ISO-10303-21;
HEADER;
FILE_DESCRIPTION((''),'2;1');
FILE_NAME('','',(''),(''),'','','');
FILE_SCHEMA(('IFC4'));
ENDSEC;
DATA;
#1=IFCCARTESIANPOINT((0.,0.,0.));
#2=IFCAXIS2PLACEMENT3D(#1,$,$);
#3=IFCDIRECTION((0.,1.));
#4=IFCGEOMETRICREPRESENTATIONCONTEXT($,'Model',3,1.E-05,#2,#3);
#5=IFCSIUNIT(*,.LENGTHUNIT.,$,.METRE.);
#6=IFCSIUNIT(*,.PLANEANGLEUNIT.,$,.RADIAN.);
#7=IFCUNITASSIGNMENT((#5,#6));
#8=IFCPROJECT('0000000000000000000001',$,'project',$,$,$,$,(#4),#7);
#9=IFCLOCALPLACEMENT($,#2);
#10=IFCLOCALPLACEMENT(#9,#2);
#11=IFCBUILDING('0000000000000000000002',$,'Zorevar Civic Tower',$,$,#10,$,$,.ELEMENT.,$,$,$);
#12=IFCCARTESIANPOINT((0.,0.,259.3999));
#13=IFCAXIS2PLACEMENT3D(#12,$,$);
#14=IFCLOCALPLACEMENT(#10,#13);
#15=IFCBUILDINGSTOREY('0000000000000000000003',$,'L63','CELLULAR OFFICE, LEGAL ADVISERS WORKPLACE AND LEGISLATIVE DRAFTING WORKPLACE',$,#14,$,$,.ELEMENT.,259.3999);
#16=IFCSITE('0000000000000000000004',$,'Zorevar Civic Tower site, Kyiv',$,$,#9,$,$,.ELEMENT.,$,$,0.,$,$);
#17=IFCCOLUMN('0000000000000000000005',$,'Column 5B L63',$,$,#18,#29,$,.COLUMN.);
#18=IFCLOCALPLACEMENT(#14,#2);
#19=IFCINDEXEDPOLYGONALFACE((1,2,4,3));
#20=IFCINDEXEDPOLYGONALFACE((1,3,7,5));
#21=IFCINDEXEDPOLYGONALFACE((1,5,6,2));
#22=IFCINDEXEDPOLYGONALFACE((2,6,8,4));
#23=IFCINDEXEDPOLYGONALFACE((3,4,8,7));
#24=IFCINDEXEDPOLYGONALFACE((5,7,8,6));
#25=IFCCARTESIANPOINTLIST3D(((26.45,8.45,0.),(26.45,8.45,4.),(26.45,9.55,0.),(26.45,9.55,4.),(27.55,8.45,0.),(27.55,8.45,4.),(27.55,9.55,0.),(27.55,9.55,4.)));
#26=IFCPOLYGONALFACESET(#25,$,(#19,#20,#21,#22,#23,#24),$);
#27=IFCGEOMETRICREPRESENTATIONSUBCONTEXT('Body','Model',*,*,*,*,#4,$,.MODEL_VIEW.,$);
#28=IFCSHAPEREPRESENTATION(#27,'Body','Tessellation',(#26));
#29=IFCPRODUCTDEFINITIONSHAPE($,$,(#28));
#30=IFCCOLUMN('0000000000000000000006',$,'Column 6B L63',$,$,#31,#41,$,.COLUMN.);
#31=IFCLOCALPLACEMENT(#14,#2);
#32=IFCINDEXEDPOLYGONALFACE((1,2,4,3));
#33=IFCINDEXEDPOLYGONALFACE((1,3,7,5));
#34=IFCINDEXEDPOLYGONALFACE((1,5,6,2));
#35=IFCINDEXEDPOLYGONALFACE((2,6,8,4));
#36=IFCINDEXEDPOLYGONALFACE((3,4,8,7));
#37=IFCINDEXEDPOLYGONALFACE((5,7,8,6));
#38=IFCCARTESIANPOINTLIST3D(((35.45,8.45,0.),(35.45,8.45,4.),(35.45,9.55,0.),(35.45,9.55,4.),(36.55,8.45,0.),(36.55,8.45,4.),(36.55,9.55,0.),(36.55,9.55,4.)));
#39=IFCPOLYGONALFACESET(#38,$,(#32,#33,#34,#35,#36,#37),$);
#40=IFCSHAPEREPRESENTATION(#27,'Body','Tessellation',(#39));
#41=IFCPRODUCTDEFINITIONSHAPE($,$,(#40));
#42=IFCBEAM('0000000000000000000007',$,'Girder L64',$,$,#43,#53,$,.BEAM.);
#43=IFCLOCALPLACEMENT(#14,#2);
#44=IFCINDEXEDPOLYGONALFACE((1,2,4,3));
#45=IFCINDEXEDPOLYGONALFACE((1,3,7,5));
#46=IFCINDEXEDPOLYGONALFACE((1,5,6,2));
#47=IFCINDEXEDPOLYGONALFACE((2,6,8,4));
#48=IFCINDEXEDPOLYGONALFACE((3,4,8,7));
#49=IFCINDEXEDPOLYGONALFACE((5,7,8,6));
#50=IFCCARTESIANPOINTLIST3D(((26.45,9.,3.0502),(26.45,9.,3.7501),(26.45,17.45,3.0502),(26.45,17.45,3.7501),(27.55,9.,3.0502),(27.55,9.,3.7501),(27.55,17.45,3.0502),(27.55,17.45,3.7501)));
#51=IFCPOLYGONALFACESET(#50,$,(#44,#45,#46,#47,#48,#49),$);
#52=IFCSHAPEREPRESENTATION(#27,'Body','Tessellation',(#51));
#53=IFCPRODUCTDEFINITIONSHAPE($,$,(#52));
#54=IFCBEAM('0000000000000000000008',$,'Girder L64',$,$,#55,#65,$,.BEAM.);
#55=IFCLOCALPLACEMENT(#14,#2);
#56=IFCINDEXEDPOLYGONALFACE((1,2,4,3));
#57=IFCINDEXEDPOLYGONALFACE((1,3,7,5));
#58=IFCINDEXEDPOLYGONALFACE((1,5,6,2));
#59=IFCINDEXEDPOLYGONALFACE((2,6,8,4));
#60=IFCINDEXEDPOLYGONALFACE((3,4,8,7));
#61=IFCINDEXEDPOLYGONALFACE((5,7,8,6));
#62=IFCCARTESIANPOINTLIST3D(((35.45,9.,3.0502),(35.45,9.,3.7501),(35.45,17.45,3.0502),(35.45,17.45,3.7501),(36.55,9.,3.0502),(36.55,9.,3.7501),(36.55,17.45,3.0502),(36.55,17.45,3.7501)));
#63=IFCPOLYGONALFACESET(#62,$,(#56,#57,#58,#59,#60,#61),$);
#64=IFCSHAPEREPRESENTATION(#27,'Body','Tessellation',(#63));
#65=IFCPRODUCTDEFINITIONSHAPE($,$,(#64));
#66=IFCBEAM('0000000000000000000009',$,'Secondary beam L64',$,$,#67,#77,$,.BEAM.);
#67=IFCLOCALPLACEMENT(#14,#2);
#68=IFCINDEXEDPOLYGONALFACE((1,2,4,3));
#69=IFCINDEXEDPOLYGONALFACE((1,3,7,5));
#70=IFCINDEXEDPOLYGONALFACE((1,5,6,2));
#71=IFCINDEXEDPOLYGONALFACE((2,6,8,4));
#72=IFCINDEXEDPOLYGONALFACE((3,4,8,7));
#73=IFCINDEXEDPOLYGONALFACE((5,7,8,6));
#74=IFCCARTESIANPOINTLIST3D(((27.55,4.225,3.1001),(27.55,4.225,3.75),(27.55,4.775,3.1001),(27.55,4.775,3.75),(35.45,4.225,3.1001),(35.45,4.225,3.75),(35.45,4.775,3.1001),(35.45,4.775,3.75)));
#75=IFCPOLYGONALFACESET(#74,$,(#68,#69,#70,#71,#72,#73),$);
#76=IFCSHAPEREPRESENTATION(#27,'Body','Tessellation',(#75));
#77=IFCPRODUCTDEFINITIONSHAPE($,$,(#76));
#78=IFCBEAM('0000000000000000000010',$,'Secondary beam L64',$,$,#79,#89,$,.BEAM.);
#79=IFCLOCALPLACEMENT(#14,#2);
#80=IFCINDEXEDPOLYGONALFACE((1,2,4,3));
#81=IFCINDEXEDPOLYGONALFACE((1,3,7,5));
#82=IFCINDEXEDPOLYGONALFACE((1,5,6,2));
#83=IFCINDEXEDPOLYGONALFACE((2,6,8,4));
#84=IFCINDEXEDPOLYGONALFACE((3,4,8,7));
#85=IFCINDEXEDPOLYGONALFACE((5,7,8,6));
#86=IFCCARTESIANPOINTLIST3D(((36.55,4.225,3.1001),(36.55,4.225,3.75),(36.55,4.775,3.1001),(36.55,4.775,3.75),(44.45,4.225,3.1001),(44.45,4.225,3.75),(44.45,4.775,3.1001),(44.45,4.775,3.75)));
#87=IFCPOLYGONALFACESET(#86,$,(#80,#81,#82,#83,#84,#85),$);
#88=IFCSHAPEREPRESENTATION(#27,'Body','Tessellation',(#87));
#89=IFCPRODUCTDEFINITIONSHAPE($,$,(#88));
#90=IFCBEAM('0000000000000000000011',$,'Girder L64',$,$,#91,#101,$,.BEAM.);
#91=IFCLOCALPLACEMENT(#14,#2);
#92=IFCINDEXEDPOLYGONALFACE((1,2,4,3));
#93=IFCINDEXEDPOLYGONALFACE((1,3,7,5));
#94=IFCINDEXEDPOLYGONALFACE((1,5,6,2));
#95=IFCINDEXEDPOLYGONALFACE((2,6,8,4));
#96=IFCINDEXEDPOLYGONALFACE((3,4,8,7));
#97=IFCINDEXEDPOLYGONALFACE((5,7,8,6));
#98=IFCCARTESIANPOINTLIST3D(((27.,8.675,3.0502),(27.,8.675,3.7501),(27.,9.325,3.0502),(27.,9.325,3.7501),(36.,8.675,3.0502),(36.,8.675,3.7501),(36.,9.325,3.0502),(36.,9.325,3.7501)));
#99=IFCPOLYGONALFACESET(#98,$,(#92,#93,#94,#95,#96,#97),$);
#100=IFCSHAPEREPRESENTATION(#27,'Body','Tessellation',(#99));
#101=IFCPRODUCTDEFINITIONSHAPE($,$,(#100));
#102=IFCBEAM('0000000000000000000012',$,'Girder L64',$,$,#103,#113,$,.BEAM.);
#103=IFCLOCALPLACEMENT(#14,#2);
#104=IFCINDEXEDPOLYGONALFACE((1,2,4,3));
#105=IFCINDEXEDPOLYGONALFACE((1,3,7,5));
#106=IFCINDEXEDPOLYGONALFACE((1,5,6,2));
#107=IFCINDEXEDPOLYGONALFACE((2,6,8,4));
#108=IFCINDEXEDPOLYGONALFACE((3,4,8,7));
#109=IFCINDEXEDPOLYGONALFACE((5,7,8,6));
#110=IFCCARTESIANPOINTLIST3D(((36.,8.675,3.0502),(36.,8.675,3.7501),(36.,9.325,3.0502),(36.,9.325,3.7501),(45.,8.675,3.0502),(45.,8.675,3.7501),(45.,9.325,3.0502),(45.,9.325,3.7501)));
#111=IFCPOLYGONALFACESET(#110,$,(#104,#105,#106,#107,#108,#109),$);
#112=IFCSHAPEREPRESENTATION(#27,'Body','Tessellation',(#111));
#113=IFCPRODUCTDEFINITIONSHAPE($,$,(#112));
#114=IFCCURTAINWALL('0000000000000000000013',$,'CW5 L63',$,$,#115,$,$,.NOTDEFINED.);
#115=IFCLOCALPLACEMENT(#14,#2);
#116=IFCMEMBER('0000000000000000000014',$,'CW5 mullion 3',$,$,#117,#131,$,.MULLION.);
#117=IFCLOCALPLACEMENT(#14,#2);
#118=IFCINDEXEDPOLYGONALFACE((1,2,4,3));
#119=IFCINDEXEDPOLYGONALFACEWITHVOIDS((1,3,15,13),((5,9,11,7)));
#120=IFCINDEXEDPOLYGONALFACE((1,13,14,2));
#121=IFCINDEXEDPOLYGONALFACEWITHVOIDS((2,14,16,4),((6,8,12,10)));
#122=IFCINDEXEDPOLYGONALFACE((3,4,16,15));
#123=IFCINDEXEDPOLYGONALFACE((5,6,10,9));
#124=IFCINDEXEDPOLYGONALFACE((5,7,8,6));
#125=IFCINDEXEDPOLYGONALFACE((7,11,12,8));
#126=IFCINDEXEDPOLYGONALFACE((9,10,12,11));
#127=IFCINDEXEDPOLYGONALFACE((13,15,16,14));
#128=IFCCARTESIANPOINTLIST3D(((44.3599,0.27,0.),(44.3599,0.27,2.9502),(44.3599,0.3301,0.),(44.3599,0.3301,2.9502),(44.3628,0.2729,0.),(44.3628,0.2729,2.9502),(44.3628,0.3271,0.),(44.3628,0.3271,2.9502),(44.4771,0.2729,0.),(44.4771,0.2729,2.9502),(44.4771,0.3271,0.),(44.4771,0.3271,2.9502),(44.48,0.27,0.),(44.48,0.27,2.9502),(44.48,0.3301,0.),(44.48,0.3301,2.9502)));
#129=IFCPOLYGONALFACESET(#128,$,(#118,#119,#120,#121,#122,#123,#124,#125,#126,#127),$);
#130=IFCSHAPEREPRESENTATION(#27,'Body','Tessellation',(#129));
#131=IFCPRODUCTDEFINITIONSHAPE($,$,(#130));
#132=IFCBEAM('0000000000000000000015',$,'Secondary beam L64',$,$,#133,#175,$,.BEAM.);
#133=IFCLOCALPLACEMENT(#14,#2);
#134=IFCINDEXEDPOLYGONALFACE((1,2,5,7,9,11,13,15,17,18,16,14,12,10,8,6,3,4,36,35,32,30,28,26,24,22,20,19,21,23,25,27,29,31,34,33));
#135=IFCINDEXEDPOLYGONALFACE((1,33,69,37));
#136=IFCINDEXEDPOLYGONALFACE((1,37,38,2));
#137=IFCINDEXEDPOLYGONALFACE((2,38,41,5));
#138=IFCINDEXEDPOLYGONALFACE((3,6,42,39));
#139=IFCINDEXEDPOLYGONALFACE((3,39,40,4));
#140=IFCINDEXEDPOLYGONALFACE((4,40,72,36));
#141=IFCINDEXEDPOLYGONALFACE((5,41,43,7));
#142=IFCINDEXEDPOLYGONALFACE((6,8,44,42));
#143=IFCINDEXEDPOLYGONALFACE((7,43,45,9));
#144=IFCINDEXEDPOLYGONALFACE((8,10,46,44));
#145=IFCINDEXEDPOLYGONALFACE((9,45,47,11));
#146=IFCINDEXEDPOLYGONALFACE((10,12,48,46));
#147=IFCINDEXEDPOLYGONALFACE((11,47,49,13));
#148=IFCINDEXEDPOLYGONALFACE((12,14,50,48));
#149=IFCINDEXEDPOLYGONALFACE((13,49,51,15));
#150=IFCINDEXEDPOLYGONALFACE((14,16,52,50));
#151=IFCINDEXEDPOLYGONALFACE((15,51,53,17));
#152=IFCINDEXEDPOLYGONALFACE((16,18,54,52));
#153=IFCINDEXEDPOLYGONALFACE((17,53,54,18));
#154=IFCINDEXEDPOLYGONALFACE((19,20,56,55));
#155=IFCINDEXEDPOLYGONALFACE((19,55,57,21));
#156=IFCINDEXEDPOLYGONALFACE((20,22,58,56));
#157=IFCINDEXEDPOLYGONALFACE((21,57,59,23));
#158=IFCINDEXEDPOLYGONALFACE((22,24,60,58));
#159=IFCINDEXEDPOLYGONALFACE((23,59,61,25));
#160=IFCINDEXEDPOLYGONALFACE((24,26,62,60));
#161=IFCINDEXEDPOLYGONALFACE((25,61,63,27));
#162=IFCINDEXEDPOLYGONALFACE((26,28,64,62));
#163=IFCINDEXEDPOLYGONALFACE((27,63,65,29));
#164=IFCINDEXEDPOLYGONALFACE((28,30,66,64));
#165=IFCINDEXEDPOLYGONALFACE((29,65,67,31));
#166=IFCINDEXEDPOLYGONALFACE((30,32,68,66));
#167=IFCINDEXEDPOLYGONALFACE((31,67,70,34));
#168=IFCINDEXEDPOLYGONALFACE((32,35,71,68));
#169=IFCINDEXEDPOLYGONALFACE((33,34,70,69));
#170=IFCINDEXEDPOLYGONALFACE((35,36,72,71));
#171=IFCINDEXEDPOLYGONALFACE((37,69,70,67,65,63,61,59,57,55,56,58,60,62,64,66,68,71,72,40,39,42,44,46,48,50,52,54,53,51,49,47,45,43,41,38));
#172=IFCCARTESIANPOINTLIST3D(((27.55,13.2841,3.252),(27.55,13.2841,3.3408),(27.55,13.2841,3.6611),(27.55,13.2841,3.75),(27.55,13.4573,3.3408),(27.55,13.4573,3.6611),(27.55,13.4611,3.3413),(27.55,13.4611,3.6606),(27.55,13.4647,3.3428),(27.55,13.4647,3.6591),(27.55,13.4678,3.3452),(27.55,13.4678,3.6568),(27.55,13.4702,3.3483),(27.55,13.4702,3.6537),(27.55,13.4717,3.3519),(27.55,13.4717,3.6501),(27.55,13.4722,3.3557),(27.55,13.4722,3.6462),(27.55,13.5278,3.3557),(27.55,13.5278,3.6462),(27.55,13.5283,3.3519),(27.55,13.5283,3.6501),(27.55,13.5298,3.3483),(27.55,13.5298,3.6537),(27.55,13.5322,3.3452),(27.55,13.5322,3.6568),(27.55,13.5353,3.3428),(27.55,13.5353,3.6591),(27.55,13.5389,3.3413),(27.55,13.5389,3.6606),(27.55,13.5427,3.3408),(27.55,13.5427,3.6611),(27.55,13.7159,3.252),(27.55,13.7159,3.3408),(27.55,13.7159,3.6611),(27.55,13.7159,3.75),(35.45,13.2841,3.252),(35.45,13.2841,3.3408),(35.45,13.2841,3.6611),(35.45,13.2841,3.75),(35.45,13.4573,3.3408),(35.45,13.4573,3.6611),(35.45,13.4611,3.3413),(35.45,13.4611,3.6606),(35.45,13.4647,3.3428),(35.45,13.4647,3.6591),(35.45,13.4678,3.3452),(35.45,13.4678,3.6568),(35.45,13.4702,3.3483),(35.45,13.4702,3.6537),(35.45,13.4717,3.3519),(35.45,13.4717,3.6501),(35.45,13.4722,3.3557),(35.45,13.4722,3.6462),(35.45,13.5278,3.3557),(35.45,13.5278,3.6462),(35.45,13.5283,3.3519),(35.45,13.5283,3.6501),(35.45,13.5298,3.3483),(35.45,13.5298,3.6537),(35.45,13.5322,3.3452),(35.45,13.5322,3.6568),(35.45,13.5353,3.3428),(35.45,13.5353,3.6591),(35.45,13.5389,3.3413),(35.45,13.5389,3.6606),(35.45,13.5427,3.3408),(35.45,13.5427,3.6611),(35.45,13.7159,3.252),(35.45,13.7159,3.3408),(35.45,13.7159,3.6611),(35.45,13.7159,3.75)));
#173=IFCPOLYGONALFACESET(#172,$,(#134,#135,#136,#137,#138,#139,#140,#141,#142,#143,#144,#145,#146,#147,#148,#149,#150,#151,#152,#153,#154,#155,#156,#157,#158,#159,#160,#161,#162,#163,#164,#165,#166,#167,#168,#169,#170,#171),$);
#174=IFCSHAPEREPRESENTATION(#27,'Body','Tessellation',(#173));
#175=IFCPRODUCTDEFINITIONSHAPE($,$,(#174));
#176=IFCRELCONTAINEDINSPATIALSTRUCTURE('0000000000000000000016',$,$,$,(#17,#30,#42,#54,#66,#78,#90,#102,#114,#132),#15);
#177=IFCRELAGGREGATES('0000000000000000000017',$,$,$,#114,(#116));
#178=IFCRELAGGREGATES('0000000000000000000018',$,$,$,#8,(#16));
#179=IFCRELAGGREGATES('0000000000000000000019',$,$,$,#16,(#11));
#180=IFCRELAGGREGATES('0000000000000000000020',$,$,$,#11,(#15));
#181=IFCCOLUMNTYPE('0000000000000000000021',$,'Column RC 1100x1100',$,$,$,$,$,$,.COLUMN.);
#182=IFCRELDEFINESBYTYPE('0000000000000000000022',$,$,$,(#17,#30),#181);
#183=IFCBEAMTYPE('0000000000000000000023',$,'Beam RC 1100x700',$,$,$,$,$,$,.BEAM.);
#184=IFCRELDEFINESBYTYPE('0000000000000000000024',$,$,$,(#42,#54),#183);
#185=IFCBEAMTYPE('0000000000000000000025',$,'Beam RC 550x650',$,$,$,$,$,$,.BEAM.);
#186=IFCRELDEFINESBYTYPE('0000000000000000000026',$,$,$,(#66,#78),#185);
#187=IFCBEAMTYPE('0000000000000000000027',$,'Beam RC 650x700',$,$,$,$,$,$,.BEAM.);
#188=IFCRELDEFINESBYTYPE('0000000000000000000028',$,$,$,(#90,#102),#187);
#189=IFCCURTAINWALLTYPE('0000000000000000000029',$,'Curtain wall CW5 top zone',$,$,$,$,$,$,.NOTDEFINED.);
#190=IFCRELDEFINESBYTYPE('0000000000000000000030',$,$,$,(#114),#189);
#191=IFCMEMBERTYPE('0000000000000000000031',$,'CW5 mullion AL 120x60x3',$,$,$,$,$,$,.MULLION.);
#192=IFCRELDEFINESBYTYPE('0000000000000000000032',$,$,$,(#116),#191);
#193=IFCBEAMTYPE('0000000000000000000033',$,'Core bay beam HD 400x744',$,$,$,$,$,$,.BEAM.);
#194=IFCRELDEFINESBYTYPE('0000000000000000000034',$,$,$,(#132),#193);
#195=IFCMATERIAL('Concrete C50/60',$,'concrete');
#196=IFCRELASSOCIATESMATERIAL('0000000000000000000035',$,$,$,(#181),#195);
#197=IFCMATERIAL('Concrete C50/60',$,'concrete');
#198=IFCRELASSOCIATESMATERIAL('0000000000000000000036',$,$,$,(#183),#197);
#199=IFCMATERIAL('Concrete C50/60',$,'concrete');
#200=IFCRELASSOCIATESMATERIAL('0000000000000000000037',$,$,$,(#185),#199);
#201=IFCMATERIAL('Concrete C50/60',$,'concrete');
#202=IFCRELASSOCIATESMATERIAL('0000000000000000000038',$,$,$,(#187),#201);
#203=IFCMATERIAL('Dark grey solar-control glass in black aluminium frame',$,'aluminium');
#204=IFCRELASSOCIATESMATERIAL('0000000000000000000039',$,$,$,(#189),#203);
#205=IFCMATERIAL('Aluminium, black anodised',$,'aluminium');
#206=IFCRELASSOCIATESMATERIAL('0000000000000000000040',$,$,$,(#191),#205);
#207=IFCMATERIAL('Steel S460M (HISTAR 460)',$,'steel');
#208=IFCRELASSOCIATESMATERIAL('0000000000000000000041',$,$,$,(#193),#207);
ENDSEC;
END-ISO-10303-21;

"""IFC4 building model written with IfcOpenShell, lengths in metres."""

from ifc_helpers import new_model, si_unit, direction, frame, origin, origin_2d, place, context, subcontext, project, spatial, rectangle, hollow_rectangle, i_section, extrude, material, material_profile, profile_set, type_object, element, aggregate, save


model = new_model("IFC4")

# Units and contexts
model_context = context("Model", 3, precision=1e-05, world=origin(), true_north=direction((0.0, 1.0)))
body_context = subcontext(model_context, "Body", "Model", "MODEL_VIEW")
ifc_project = project(units=[si_unit("LENGTHUNIT", "METRE"), si_unit("PLANEANGLEUNIT", "RADIAN")], contexts=[model_context])

# Site, building, storey
site_placement = place(None, origin())
site = spatial("IfcSite", under=ifc_project, at=site_placement, Name="Zorevar Civic Tower site, Kyiv", CompositionType="ELEMENT", RefElevation=0.0)
building_placement = place(site_placement, origin())
building = spatial("IfcBuilding", under=site, at=building_placement, Name="Zorevar Civic Tower", CompositionType="ELEMENT")
storey_placement = place(building_placement, frame((0.0, 0.0, 259.3999)))
storey = spatial("IfcBuildingStorey", under=building, at=storey_placement, Name="L63", Description="CELLULAR OFFICE, LEGAL ADVISERS WORKPLACE AND LEGISLATIVE DRAFTING WORKPLACE", CompositionType="ELEMENT", Elevation=259.3999)

# Columns
ifc_material_1 = material(Name="Concrete C50/60", Category="concrete")
ifc_material_profile_1 = material_profile(ifc_material_1, rectangle(XDim=1.1001, YDim=1.1001, at=origin_2d()), Name="RC 1100x1100")
ifc_profile_set_1 = profile_set([ifc_material_profile_1], Name="Concrete C50/60")
column_type = type_object("IfcColumnType", Name="Column RC 1100x1100", PredefinedType="COLUMN", material=ifc_profile_set_1)
for number, where, z_axis, x_axis, name in (
    (1, (27.0, 9.0, 0.0), (0.0, 0.0, 1.0), (1.0, 0.0, 0.0), "Column 5B L63"),
    (2, (36.0, 9.0, 0.0), (0.0, 0.0, 1.0), (1.0, 0.0, 0.0), "Column 6B L63"),
):
    element("IfcColumn", number, at=place(storey_placement, frame(where, z_axis=z_axis, x_axis=x_axis)), inside=storey, type_object=column_type, Name=name, PredefinedType="COLUMN", context=body_context, shape_type="SweptSolid", body=[
        extrude(rectangle(XDim=1.1001, YDim=1.1001, at=origin_2d()), origin(), (0.0, 0.0, 1.0), 4.0),
    ])

# Beams
ifc_material_2 = material(Name="Concrete C50/60", Category="concrete")
ifc_material_profile_2 = material_profile(ifc_material_2, rectangle(XDim=1.1001, YDim=0.7, at=origin_2d()), Name="RC 1100x700")
ifc_profile_set_2 = profile_set([ifc_material_profile_2], Name="Concrete C50/60")
beam_type_1 = type_object("IfcBeamType", Name="Beam RC 1100x700", PredefinedType="BEAM", material=ifc_profile_set_2)
for number, where, z_axis, x_axis, name in (
    (3, (27.0, 9.0, 3.4001), (0.0, 1.0, 0.0), (-1.0, 0.0, 0.0), "Girder L64"),
    (4, (36.0, 9.0, 3.4001), (0.0, 1.0, 0.0), (-1.0, 0.0, 0.0), "Girder L64"),
):
    element("IfcBeam", number, at=place(storey_placement, frame(where, z_axis=z_axis, x_axis=x_axis)), inside=storey, type_object=beam_type_1, Name=name, PredefinedType="BEAM", context=body_context, shape_type="SweptSolid", body=[
        extrude(rectangle(XDim=1.1001, YDim=0.7, at=origin_2d()), origin(), (0.0, 0.0, 1.0), 8.45),
    ])
ifc_material_3 = material(Name="Concrete C50/60", Category="concrete")
ifc_material_profile_3 = material_profile(ifc_material_3, rectangle(XDim=0.55, YDim=0.6499, at=origin_2d()), Name="RC 550x650")
ifc_profile_set_3 = profile_set([ifc_material_profile_3], Name="Concrete C50/60")
beam_type_2 = type_object("IfcBeamType", Name="Beam RC 550x650", PredefinedType="BEAM", material=ifc_profile_set_3)
for number, where, z_axis, x_axis, name in (
    (5, (27.55, 4.5, 3.425), (1.0, 0.0, 0.0), (0.0, 1.0, 0.0), "Secondary beam L64"),
    (6, (36.55, 4.5, 3.425), (1.0, 0.0, 0.0), (0.0, 1.0, 0.0), "Secondary beam L64"),
):
    element("IfcBeam", number, at=place(storey_placement, frame(where, z_axis=z_axis, x_axis=x_axis)), inside=storey, type_object=beam_type_2, Name=name, PredefinedType="BEAM", context=body_context, shape_type="SweptSolid", body=[
        extrude(rectangle(XDim=0.55, YDim=0.6499, at=origin_2d()), origin(), (0.0, 0.0, 1.0), 7.8999),
    ])
ifc_material_4 = material(Name="Concrete C50/60", Category="concrete")
ifc_material_profile_4 = material_profile(ifc_material_4, rectangle(XDim=0.6499, YDim=0.7, at=origin_2d()), Name="RC 650x700")
ifc_profile_set_4 = profile_set([ifc_material_profile_4], Name="Concrete C50/60")
beam_type_3 = type_object("IfcBeamType", Name="Beam RC 650x700", PredefinedType="BEAM", material=ifc_profile_set_4)
for number, where, z_axis, x_axis, name in (
    (7, (27.0, 9.0, 3.4001), (1.0, 0.0, 0.0), (0.0, 1.0, 0.0), "Girder L64"),
    (8, (36.0, 9.0, 3.4001), (1.0, 0.0, 0.0), (0.0, 1.0, 0.0), "Girder L64"),
):
    element("IfcBeam", number, at=place(storey_placement, frame(where, z_axis=z_axis, x_axis=x_axis)), inside=storey, type_object=beam_type_3, Name=name, PredefinedType="BEAM", context=body_context, shape_type="SweptSolid", body=[
        extrude(rectangle(XDim=0.6499, YDim=0.7, at=origin_2d()), origin(), (0.0, 0.0, 1.0), 9.0),
    ])

# Curtain wall, member
ifc_material_5 = material(Name="Dark grey solar-control glass in black aluminium frame", Category="aluminium")
curtain_wall_type = type_object("IfcCurtainWallType", Name="Curtain wall CW5 top zone", PredefinedType="NOTDEFINED", material=ifc_material_5)
curtain_wall_placement = place(storey_placement, origin())
curtain_wall = element("IfcCurtainWall", 9, at=curtain_wall_placement, inside=storey, type_object=curtain_wall_type, Name="CW5 L63", PredefinedType="NOTDEFINED")
ifc_material_6 = material(Name="Aluminium, black anodised", Category="aluminium")
ifc_material_profile_5 = material_profile(ifc_material_6, hollow_rectangle(XDim=0.0601, YDim=0.1201, WallThickness=0.0029, at=origin_2d()), Name="AL 120x60x3")
ifc_profile_set_5 = profile_set([ifc_material_profile_5], Name="Aluminium, black anodised")
member_type = type_object("IfcMemberType", Name="CW5 mullion AL 120x60x3", PredefinedType="MULLION", material=ifc_profile_set_5)
member_placement = place(storey_placement, frame((44.4199, 0.3, 0.0), z_axis=(0.0, 0.0, 1.0), x_axis=(0.0, 1.0, 0.0)))
member = element("IfcMember", 10, at=member_placement, type_object=member_type, Name="CW5 mullion 3", PredefinedType="MULLION", context=body_context, shape_type="SweptSolid", body=[
    extrude(hollow_rectangle(XDim=0.0601, YDim=0.1201, WallThickness=0.0029, at=origin_2d()), origin(), (0.0, 0.0, 1.0), 2.9502),
])
aggregate(curtain_wall, [member])

# Beam
ifc_material_7 = material(Name="Steel S460M (HISTAR 460)", Category="steel")
ifc_material_profile_6 = material_profile(ifc_material_7, i_section(OverallWidth=0.4319, OverallDepth=0.498, WebThickness=0.0557, FlangeThickness=0.0889, FilletRadius=0.0149, at=origin_2d()), Name="HD 400x744")
ifc_profile_set_6 = profile_set([ifc_material_profile_6], Name="Steel S460M (HISTAR 460)")
beam_type_4 = type_object("IfcBeamType", Name="Core bay beam HD 400x744", PredefinedType="BEAM", material=ifc_profile_set_6)
for number, where, z_axis, x_axis, name in (
    (11, (27.55, 13.5, 3.501), (1.0, 0.0, 0.0), (0.0, 1.0, 0.0), "Secondary beam L64"),
):
    element("IfcBeam", number, at=place(storey_placement, frame(where, z_axis=z_axis, x_axis=x_axis)), inside=storey, type_object=beam_type_4, Name=name, PredefinedType="BEAM", context=body_context, shape_type="SweptSolid", body=[
        extrude(i_section(OverallWidth=0.4319, OverallDepth=0.498, WebThickness=0.0557, FlangeThickness=0.0889, FilletRadius=0.0149, at=origin_2d()), origin(), (0.0, 0.0, 1.0), 7.8999),
    ])

save(model, "model.ifc")
